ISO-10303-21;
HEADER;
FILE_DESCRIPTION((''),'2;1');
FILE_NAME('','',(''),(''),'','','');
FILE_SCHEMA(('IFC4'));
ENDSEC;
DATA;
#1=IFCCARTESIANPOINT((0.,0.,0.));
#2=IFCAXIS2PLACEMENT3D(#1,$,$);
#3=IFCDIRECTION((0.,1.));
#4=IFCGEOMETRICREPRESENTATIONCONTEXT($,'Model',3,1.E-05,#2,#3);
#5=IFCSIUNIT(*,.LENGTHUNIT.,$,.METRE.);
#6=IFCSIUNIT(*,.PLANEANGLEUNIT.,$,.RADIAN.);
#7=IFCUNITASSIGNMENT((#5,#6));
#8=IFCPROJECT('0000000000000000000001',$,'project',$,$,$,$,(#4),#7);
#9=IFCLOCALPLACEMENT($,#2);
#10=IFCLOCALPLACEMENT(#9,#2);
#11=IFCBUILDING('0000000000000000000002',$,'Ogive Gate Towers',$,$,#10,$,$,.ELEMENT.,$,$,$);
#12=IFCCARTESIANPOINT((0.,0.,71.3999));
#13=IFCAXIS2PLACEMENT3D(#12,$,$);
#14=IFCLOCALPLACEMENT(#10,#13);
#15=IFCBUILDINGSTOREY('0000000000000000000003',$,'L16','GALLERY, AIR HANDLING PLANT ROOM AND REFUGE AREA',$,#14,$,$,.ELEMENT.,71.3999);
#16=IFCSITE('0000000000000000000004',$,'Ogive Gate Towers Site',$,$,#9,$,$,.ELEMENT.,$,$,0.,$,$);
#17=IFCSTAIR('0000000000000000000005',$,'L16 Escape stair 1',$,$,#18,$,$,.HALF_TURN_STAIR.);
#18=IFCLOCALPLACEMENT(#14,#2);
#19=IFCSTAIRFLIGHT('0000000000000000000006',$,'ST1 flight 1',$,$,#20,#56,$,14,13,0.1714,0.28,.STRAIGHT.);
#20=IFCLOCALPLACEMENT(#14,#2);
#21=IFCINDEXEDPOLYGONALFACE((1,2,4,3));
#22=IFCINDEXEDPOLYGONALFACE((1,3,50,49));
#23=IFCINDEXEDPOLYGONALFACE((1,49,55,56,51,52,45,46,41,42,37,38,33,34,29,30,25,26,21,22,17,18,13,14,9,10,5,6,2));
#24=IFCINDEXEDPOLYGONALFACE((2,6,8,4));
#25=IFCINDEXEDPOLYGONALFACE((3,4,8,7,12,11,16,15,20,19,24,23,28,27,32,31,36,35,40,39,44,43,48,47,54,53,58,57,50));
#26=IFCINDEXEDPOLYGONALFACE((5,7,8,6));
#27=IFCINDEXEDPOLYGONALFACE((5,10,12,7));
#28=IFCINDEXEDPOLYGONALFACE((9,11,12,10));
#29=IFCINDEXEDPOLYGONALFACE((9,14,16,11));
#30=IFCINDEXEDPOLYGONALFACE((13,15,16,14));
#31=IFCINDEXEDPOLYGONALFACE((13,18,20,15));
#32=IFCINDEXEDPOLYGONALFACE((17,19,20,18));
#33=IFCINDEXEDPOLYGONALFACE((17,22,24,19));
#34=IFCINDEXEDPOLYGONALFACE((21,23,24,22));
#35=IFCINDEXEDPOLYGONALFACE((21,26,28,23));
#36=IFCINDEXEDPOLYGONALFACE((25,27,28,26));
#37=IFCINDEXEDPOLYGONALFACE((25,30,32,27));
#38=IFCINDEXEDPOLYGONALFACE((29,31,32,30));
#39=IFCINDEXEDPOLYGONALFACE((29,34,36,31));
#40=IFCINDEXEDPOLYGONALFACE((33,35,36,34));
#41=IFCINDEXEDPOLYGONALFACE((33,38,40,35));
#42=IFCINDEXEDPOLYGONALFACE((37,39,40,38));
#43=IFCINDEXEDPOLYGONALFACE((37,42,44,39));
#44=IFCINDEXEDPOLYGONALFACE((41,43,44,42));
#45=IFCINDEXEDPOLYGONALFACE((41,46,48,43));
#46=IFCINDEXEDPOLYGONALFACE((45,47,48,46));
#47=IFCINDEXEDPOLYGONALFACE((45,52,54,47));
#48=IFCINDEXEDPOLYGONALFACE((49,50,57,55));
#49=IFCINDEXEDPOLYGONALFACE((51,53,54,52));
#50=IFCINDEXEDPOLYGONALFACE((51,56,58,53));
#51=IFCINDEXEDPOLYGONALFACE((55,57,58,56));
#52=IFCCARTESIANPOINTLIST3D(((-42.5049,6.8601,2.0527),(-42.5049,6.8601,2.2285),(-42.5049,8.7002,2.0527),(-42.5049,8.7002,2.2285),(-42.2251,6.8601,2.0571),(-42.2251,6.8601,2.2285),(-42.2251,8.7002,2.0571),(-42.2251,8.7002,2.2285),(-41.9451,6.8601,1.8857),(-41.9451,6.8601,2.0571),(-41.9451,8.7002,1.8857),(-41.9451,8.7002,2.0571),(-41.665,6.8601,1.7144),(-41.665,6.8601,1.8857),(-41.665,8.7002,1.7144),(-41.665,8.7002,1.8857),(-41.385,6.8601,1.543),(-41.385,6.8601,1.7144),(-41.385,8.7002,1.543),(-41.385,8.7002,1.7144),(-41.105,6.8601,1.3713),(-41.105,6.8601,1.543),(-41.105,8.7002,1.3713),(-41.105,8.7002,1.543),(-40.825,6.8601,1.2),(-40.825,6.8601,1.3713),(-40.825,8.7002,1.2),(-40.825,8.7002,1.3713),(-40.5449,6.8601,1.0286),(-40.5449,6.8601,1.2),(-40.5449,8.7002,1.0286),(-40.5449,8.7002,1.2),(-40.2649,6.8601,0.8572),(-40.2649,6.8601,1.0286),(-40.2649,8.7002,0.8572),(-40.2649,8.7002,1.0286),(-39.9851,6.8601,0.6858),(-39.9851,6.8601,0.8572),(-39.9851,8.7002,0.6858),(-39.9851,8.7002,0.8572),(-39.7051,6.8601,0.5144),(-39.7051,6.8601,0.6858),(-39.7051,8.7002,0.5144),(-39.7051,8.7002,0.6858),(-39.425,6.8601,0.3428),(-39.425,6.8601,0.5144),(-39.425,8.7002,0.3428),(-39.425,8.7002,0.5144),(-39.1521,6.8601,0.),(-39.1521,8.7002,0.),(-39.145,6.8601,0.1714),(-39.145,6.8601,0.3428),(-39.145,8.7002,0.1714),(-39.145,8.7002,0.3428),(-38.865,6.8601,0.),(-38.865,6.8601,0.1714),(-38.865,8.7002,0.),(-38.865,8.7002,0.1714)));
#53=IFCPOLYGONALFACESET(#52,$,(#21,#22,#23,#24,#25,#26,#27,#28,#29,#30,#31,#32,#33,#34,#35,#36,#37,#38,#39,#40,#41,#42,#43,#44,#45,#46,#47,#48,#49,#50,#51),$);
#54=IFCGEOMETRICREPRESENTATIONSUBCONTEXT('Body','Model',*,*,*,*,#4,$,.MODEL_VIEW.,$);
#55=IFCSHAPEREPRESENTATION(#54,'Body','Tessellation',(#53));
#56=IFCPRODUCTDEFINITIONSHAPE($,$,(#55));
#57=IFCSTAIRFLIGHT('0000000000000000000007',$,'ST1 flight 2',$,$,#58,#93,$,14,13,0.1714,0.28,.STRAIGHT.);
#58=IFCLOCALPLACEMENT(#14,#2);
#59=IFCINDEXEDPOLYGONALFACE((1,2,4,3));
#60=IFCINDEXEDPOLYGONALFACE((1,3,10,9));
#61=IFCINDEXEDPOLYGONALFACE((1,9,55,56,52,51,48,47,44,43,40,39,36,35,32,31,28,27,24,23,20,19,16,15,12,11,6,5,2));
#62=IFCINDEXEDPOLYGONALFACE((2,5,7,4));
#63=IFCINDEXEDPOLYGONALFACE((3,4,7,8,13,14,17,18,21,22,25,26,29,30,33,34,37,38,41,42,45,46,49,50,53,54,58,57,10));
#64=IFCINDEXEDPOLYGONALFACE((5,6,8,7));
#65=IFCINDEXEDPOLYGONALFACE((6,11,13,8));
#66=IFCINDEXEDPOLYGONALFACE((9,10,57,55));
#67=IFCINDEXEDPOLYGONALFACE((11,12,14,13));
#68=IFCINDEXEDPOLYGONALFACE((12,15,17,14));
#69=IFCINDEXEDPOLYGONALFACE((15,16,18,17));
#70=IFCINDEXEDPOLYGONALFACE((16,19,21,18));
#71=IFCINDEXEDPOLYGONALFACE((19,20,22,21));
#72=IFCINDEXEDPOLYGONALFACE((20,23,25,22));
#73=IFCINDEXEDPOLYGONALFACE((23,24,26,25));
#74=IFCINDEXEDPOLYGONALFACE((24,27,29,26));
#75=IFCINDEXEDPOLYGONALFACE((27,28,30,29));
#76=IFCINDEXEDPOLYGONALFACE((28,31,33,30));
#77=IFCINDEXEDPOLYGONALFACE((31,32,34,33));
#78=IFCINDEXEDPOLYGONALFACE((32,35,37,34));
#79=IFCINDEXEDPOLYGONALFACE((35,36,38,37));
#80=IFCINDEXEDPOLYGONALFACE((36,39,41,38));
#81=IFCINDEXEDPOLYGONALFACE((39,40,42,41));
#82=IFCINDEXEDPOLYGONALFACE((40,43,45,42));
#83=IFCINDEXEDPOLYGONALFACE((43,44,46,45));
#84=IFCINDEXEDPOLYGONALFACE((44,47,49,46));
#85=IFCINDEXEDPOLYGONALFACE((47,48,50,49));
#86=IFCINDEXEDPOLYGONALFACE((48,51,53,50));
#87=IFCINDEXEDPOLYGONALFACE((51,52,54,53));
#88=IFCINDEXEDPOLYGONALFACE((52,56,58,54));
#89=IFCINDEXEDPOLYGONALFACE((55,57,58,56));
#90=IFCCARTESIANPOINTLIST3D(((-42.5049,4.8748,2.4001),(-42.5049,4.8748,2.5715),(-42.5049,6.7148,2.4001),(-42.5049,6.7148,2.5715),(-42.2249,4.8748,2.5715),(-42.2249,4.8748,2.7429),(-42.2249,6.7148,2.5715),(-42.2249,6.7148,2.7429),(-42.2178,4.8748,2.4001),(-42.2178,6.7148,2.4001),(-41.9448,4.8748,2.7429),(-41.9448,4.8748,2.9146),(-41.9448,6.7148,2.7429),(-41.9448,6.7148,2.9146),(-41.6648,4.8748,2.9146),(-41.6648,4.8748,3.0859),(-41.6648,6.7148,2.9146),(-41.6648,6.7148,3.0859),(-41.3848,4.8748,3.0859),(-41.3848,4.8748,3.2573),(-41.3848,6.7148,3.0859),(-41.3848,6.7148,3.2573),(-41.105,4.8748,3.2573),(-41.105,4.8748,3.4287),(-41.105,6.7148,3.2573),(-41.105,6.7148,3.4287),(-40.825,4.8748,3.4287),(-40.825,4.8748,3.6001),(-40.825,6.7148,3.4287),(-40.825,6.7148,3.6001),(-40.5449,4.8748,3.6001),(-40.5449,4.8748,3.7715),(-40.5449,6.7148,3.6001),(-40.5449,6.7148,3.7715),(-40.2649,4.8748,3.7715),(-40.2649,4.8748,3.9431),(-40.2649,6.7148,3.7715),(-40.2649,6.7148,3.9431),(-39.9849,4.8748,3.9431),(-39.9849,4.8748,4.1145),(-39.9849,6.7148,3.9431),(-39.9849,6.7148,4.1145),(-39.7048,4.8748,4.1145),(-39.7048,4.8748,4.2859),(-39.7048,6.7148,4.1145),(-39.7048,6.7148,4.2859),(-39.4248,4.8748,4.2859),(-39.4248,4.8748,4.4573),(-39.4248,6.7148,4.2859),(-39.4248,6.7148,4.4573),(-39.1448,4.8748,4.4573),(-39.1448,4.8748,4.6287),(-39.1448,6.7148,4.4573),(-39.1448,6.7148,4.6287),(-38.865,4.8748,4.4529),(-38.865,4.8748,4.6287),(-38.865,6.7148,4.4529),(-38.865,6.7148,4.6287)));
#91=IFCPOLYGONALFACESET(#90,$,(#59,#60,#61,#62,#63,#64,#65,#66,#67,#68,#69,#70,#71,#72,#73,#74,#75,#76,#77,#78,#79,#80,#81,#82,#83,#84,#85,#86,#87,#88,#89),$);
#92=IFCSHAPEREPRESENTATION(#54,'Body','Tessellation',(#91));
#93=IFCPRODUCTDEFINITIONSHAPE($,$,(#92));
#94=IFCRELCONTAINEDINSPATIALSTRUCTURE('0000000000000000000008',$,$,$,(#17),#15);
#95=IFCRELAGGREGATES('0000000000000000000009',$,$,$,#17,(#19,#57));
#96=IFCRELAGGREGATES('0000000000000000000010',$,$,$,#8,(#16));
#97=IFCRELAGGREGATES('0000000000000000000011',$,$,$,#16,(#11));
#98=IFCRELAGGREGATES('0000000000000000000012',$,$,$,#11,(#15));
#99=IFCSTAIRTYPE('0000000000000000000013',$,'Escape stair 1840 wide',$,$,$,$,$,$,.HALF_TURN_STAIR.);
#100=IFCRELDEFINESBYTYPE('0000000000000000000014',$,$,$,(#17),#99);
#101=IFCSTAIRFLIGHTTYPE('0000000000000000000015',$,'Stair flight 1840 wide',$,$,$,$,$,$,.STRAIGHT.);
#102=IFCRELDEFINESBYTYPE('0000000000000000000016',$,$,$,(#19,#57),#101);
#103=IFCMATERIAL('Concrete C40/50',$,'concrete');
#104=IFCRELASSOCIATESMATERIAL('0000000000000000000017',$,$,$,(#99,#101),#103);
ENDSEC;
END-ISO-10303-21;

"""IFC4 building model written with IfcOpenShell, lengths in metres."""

from ifc_helpers import new_model, si_unit, direction, frame, origin, place, context, subcontext, project, spatial, polyline, outline, extrude, material, type_object, element, aggregate, save


model = new_model("IFC4")

# Units and contexts
model_context = context("Model", 3, precision=1e-05, world=origin(), true_north=direction((0.0, 1.0)))
body_context = subcontext(model_context, "Body", "Model", "MODEL_VIEW")
ifc_project = project(units=[si_unit("LENGTHUNIT", "METRE"), si_unit("PLANEANGLEUNIT", "RADIAN")], contexts=[model_context])

# Site, building, storey
site_placement = place(None, origin())
site = spatial("IfcSite", under=ifc_project, at=site_placement, Name="Ogive Gate Towers Site", CompositionType="ELEMENT", RefElevation=0.0)
building_placement = place(site_placement, origin())
building = spatial("IfcBuilding", under=site, at=building_placement, Name="Ogive Gate Towers", CompositionType="ELEMENT")
storey_placement = place(building_placement, frame((0.0, 0.0, 71.3999)))
storey = spatial("IfcBuildingStorey", under=building, at=storey_placement, Name="L16", Description="GALLERY, AIR HANDLING PLANT ROOM AND REFUGE AREA", CompositionType="ELEMENT", Elevation=71.3999)

# Stair, stair flights
ifc_material_1 = material(Name="Concrete C40/50", Category="concrete")
stair_type = type_object("IfcStairType", Name="Escape stair 1840 wide", PredefinedType="HALF_TURN_STAIR", material=ifc_material_1)
stair_placement = place(storey_placement, origin())
stair = element("IfcStair", 1, at=stair_placement, inside=storey, type_object=stair_type, Name="L16 Escape stair 1", PredefinedType="HALF_TURN_STAIR")
stair_flight_type = type_object("IfcStairFlightType", Name="Stair flight 1840 wide", PredefinedType="STRAIGHT", material=ifc_material_1)
stair_flight_1_placement = place(storey_placement, frame((-38.865, 7.78, 0.0), z_axis=(0.0, 0.0, 1.0), x_axis=(-1.0, 0.0, 0.0)))
stair_flight_1 = element("IfcStairFlight", 2, at=stair_flight_1_placement, type_object=stair_flight_type, Name="ST1 flight 1", NumberOfRisers=14, NumberOfTreads=13, PredefinedType="STRAIGHT", RiserHeight=0.1714, TreadLength=0.28, context=body_context, shape_type="SweptSolid", body=[
    extrude(outline(polyline([(0.0, 0.0), (0.0, 0.1714), (0.28, 0.1714), (0.28, 0.3428), (0.5601, 0.3428), (0.5601, 0.5144), (0.8401, 0.5144), (0.8401, 0.6858), (1.1201, 0.6858), (1.1201, 0.8572), (1.3999, 0.8572), (1.3999, 1.0286), (1.6799, 1.0286), (1.6799, 1.2), (1.96, 1.2), (1.96, 1.3713), (2.24, 1.3713), (2.24, 1.543), (2.52, 1.543), (2.52, 1.7144), (2.8, 1.7144), (2.8, 1.8857), (3.0801, 1.8857), (3.0801, 2.0571), (3.3601, 2.0571), (3.3601, 2.2285), (3.6399, 2.2285), (3.6399, 2.3999), (3.6399, 2.0527), (0.2871, 0.0), (0.0, 0.0)])), frame((0.0, 0.9199, 0.0), z_axis=(0.0, -1.0, 0.0), x_axis=(1.0, 0.0, 0.0)), (0.0, 0.0, 1.0), 1.8401),
])
stair_flight_2_placement = place(storey_placement, frame((-42.5049, 5.7949, 2.4001), z_axis=(0.0, 0.0, 1.0), x_axis=(1.0, 0.0, 0.0)))
stair_flight_2 = element("IfcStairFlight", 3, at=stair_flight_2_placement, type_object=stair_flight_type, Name="ST1 flight 2", NumberOfRisers=14, NumberOfTreads=13, PredefinedType="STRAIGHT", RiserHeight=0.1714, TreadLength=0.28, context=body_context, shape_type="SweptSolid", body=[
    extrude(outline(polyline([(0.0, 0.0), (0.0, 0.1714), (0.28, 0.1714), (0.28, 0.3428), (0.5601, 0.3428), (0.5601, 0.5144), (0.8401, 0.5144), (0.8401, 0.6858), (1.1201, 0.6858), (1.1201, 0.8572), (1.3999, 0.8572), (1.3999, 1.0286), (1.6799, 1.0286), (1.6799, 1.2), (1.96, 1.2), (1.96, 1.3713), (2.24, 1.3713), (2.24, 1.543), (2.52, 1.543), (2.52, 1.7144), (2.8, 1.7144), (2.8, 1.8857), (3.0801, 1.8857), (3.0801, 2.0571), (3.3601, 2.0571), (3.3601, 2.2285), (3.6399, 2.2285), (3.6399, 2.3999), (3.6399, 2.0527), (0.2871, 0.0), (0.0, 0.0)])), frame((0.0, 0.9199, 0.0), z_axis=(0.0, -1.0, 0.0), x_axis=(1.0, 0.0, 0.0)), (0.0, 0.0, 1.0), 1.8401),
])
aggregate(stair, [stair_flight_1, stair_flight_2])

save(model, "model.ifc")
